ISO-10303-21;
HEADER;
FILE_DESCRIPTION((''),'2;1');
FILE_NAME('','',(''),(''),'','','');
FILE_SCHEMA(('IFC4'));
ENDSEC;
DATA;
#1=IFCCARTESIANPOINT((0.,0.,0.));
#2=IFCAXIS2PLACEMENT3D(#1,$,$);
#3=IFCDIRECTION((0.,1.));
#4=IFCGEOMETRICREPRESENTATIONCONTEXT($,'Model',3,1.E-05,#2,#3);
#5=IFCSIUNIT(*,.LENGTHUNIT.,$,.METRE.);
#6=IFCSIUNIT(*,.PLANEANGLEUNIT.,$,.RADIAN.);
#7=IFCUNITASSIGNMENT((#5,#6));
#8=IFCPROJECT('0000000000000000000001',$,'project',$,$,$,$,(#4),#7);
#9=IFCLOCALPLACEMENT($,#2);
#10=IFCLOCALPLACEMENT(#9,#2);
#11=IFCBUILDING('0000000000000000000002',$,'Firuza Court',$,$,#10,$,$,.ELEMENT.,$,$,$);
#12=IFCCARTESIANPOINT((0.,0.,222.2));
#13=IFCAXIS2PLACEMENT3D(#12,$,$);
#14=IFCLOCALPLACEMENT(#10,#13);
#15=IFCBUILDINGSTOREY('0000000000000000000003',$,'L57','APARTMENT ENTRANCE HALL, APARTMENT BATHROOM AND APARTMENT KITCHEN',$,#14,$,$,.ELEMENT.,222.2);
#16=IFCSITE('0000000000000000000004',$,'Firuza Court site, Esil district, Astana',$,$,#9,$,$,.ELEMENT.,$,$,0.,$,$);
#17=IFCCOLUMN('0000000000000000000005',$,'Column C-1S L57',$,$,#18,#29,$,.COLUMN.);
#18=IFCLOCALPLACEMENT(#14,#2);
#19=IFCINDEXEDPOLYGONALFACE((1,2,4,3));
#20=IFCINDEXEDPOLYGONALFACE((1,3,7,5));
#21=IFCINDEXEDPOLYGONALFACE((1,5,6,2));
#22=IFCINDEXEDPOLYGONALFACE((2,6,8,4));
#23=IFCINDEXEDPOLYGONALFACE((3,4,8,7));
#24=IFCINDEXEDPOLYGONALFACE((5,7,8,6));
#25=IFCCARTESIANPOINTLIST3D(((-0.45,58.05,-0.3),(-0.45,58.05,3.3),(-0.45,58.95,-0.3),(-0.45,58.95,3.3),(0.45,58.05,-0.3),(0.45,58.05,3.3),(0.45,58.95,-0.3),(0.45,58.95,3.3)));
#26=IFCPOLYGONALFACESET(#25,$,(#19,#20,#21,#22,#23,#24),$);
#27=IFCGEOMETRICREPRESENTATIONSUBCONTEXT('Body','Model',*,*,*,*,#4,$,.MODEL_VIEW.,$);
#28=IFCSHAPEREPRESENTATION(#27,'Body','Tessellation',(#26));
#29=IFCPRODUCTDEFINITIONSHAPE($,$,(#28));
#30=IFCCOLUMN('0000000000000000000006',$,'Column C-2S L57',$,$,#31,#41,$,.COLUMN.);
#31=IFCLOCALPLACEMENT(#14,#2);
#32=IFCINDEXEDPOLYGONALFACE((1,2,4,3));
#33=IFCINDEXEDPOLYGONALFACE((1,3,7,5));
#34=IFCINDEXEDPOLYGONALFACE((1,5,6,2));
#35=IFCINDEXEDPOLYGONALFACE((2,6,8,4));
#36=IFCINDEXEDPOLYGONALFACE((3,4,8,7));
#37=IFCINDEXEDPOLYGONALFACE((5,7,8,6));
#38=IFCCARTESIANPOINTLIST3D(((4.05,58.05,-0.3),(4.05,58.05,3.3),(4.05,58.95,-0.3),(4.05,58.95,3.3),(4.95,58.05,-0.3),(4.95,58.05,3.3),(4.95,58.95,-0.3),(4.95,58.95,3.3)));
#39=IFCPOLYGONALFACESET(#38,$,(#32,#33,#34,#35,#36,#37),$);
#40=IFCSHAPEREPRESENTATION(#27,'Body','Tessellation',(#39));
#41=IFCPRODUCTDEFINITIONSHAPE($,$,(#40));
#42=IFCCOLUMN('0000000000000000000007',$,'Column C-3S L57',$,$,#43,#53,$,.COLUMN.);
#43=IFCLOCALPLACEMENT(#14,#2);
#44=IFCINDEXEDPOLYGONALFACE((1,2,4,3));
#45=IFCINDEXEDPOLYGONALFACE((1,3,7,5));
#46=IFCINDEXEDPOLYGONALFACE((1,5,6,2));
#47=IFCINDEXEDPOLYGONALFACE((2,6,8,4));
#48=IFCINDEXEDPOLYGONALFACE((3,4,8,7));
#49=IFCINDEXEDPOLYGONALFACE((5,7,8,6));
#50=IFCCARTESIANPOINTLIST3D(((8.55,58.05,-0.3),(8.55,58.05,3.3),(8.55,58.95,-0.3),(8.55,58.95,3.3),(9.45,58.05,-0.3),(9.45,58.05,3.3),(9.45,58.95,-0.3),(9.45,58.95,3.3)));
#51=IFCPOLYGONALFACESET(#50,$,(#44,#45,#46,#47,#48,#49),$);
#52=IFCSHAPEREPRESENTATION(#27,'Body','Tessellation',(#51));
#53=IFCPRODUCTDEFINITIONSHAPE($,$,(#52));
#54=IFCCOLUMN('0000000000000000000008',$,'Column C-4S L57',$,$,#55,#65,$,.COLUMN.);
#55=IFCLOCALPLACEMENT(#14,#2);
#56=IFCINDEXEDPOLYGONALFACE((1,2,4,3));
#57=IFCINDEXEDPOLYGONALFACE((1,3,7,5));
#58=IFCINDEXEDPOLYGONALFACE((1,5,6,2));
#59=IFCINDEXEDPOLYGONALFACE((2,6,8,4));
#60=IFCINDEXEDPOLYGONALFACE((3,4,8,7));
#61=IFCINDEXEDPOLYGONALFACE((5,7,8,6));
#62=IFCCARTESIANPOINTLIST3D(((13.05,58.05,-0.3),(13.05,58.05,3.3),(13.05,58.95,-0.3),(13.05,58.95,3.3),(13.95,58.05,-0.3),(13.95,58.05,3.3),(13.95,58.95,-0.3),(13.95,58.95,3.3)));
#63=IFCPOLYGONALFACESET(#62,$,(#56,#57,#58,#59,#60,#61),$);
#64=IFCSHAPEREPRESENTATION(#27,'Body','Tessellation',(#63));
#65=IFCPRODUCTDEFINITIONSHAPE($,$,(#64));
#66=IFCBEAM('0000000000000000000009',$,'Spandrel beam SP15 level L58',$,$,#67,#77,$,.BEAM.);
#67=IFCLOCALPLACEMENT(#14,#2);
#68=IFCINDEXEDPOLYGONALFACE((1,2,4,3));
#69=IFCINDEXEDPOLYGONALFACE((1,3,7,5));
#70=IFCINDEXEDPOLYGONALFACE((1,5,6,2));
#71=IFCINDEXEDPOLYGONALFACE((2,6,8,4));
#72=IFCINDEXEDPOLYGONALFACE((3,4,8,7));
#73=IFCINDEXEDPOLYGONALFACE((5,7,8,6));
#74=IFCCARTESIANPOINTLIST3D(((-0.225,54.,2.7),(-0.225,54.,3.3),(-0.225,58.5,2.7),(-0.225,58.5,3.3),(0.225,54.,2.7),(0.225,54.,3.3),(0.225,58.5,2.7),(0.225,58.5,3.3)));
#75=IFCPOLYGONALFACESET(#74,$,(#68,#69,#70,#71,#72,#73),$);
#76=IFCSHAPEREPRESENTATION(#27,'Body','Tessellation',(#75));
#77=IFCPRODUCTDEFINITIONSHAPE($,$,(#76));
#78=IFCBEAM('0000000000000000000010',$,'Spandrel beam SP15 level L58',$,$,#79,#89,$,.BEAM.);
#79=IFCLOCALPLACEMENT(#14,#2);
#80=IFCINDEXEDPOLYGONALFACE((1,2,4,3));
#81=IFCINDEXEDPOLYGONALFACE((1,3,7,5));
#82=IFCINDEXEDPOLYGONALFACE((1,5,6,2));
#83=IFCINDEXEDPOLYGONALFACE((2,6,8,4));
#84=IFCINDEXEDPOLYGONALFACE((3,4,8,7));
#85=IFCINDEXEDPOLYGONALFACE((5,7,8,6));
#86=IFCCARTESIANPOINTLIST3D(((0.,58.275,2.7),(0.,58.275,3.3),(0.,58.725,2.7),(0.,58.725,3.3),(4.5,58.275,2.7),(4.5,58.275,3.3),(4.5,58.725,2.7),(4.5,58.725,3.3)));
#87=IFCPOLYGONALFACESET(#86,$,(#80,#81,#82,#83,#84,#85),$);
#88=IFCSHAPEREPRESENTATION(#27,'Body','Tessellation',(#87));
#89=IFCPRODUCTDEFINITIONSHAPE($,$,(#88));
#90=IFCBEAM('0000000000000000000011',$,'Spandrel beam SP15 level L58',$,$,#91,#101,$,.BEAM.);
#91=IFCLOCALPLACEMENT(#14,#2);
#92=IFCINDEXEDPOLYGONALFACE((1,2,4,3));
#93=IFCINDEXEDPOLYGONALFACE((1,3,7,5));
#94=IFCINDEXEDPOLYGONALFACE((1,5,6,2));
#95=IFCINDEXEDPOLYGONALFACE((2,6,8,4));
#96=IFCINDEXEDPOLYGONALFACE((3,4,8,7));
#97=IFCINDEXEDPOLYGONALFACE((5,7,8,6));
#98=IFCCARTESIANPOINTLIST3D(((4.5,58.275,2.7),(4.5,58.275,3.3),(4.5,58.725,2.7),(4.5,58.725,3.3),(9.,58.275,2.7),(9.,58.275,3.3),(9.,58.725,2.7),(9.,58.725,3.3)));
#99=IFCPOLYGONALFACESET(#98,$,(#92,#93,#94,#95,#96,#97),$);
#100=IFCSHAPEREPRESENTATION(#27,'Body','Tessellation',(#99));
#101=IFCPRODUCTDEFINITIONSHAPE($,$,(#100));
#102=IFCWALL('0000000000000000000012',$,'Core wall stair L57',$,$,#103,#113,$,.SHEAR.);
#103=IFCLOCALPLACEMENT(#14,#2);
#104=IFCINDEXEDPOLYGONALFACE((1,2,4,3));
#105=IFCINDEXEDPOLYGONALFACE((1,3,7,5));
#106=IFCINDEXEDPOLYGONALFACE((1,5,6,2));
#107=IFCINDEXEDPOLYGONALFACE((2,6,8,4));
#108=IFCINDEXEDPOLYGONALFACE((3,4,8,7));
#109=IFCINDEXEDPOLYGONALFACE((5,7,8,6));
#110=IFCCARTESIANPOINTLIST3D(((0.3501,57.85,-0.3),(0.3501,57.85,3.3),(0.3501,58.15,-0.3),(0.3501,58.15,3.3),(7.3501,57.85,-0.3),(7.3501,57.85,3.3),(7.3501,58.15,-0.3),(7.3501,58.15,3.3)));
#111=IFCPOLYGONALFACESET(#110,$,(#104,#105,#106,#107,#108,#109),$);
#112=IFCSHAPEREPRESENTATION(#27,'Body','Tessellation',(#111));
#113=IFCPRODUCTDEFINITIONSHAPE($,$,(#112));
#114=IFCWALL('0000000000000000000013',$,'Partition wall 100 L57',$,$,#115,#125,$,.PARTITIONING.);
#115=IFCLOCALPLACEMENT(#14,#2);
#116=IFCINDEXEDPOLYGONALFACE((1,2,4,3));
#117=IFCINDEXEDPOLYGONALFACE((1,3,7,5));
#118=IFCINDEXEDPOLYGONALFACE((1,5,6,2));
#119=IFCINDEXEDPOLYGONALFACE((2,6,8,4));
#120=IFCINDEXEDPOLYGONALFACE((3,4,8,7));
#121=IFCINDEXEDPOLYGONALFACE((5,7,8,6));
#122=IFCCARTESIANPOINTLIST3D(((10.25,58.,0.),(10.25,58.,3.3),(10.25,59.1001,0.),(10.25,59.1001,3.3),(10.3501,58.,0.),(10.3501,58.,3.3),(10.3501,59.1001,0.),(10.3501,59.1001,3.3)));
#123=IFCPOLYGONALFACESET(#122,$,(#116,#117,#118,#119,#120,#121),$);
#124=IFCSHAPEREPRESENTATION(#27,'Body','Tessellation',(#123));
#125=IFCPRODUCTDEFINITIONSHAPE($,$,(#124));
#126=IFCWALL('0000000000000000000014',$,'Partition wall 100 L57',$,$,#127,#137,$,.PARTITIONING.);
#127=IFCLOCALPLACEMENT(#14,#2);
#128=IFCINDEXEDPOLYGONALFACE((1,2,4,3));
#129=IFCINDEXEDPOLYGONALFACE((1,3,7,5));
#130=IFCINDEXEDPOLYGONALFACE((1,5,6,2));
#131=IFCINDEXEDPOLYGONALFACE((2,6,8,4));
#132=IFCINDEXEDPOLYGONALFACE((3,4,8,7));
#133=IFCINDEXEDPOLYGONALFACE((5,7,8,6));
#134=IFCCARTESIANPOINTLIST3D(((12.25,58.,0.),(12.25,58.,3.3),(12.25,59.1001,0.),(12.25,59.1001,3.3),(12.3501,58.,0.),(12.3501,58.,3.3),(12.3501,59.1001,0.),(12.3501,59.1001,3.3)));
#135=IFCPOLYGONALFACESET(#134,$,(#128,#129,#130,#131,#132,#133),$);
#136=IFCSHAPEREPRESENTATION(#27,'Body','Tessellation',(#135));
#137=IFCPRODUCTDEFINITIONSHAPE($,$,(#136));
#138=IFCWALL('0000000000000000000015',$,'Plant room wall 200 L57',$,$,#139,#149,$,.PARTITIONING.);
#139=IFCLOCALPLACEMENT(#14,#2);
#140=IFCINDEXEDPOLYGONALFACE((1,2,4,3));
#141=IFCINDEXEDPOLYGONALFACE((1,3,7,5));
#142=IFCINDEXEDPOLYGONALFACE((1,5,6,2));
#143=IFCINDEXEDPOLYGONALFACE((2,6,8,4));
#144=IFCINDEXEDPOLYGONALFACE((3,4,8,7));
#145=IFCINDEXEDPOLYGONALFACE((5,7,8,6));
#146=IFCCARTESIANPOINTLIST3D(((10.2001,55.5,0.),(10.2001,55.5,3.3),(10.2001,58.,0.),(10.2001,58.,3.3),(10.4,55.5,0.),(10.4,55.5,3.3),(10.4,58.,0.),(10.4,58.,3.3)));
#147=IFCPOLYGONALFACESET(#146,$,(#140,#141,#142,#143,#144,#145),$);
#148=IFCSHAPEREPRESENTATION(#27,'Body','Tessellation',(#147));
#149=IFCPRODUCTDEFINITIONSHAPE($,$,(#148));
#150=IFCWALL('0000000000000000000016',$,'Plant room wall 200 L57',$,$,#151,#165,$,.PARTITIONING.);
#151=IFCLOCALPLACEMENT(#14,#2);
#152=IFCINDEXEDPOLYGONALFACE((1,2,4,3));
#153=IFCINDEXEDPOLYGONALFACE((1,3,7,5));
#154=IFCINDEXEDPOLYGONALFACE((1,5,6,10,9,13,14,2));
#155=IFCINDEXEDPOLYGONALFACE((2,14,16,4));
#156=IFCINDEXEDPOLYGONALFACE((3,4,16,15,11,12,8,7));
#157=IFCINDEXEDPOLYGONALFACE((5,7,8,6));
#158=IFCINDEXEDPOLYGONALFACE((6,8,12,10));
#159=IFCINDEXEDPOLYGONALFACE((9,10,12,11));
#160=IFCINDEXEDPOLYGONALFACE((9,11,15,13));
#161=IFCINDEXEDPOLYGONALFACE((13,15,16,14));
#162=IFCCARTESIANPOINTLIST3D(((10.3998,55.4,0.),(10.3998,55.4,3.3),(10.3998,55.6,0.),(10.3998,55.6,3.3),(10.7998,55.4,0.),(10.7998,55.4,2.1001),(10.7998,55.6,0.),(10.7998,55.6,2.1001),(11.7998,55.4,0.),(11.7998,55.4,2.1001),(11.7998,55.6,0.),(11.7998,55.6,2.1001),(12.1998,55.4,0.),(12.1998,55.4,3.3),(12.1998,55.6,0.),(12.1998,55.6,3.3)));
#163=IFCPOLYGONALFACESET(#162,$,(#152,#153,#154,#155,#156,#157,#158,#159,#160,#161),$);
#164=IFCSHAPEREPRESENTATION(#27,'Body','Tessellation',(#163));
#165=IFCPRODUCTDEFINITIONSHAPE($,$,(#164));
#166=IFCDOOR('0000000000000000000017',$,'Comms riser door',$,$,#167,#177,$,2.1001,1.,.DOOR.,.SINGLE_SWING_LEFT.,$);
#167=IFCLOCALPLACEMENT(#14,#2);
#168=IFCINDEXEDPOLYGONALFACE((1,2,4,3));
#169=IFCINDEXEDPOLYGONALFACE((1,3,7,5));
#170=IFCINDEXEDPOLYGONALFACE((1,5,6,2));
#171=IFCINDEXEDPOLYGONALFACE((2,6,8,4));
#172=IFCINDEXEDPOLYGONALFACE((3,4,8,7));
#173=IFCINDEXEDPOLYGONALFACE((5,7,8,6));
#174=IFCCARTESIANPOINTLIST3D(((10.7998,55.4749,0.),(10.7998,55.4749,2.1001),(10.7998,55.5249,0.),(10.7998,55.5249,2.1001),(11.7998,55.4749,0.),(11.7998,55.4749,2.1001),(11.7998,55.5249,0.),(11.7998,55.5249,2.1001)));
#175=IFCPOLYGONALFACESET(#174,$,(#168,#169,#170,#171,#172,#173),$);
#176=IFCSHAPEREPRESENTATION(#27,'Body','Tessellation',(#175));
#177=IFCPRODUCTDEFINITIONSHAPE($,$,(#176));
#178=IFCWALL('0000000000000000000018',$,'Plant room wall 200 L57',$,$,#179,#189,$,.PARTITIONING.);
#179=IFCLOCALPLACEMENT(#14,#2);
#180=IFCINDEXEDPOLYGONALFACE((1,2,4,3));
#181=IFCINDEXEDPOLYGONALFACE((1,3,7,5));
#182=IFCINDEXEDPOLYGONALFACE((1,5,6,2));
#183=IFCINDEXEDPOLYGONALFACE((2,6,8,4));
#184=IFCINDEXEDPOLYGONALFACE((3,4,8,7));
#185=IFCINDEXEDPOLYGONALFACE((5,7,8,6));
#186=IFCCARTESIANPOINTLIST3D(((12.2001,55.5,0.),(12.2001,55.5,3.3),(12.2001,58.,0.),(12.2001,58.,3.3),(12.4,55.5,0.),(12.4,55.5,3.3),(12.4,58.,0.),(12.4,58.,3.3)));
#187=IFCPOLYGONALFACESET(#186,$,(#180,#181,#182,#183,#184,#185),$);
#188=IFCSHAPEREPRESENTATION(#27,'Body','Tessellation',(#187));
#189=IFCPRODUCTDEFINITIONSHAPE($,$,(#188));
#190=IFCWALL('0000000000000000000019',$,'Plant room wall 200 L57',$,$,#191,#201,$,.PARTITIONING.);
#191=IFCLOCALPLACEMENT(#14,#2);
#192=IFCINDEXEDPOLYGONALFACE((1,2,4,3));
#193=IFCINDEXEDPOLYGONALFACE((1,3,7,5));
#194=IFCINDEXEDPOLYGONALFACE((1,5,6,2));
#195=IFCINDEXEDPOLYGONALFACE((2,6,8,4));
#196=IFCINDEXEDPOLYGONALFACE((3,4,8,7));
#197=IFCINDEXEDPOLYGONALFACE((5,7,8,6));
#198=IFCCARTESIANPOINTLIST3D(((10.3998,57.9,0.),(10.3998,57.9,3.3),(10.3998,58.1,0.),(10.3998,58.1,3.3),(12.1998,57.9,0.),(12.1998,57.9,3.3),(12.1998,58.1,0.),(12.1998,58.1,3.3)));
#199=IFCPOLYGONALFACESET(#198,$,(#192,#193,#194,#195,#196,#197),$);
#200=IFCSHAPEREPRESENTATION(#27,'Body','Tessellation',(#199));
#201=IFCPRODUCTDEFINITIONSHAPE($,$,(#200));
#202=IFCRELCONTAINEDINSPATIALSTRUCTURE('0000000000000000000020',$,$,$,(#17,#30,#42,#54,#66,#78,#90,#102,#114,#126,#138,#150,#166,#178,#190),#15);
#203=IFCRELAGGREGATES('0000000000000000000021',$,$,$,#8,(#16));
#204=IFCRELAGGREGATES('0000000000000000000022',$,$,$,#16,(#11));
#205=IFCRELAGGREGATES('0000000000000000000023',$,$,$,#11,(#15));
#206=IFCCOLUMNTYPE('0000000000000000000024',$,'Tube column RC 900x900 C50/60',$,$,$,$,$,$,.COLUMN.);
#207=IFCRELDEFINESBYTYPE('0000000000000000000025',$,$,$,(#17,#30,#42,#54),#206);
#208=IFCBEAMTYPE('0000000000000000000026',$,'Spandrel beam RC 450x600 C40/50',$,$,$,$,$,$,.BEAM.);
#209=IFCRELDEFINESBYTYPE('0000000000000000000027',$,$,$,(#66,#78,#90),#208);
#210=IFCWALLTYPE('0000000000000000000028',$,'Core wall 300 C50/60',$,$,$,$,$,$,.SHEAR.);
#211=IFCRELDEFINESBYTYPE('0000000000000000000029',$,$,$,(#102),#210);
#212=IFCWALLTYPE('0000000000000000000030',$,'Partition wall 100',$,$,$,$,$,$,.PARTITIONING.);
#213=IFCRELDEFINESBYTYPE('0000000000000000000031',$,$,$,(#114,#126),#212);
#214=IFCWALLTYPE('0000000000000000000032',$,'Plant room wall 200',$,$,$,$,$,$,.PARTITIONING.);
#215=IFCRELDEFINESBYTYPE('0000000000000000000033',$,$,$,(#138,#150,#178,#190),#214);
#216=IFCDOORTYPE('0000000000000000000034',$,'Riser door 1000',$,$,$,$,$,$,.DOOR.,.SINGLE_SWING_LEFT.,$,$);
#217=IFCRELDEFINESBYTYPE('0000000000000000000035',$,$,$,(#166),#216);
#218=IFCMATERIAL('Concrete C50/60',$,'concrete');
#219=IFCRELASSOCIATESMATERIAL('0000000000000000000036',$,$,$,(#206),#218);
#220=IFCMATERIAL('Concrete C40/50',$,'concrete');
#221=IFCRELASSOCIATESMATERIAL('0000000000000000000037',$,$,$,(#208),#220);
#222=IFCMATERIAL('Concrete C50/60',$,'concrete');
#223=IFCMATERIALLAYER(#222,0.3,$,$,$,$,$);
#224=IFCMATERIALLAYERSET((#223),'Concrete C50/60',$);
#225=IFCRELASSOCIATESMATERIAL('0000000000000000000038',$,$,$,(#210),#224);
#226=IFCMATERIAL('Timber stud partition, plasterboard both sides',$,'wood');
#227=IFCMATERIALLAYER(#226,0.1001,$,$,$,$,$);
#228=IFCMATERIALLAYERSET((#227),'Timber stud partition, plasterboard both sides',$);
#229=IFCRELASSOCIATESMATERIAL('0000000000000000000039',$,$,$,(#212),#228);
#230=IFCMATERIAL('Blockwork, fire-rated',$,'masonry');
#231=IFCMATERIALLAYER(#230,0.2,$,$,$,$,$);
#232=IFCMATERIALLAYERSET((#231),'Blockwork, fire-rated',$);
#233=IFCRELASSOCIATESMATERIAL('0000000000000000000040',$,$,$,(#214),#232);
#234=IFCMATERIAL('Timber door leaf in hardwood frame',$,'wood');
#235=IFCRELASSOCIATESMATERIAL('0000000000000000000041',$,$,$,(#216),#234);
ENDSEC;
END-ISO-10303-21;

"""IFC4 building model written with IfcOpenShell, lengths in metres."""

from ifc_helpers import new_model, si_unit, direction, frame, frame_2d, origin, origin_2d, place, context, subcontext, project, spatial, rectangle, extrude, material, layer, layer_set, material_profile, profile_set, type_object, element, fill, save


model = new_model("IFC4")

# Units and contexts
model_context = context("Model", 3, precision=1e-05, world=origin(), true_north=direction((0.0, 1.0)))
body_context = subcontext(model_context, "Body", "Model", "MODEL_VIEW")
ifc_project = project(units=[si_unit("LENGTHUNIT", "METRE"), si_unit("PLANEANGLEUNIT", "RADIAN")], contexts=[model_context])

# Site, building, storey
site_placement = place(None, origin())
site = spatial("IfcSite", under=ifc_project, at=site_placement, Name="Firuza Court site, Esil district, Astana", CompositionType="ELEMENT", RefElevation=0.0)
building_placement = place(site_placement, origin())
building = spatial("IfcBuilding", under=site, at=building_placement, Name="Firuza Court", CompositionType="ELEMENT")
storey_placement = place(building_placement, frame((0.0, 0.0, 222.2)))
storey = spatial("IfcBuildingStorey", under=building, at=storey_placement, Name="L57", Description="APARTMENT ENTRANCE HALL, APARTMENT BATHROOM AND APARTMENT KITCHEN", CompositionType="ELEMENT", Elevation=222.2)

# Columns
ifc_material_1 = material(Name="Concrete C50/60", Category="concrete")
ifc_material_profile_1 = material_profile(ifc_material_1, rectangle(XDim=0.8999, YDim=0.8999, at=origin_2d()), Name="RC 900x900")
ifc_profile_set_1 = profile_set([ifc_material_profile_1], Name="Concrete C50/60")
column_type = type_object("IfcColumnType", Name="Tube column RC 900x900 C50/60", PredefinedType="COLUMN", material=ifc_profile_set_1)
for number, where, z_axis, x_axis, name in (
    (1, (0.0, 58.5, -0.3), (0.0, 0.0, 1.0), (1.0, 0.0, 0.0), "Column C-1S L57"),
    (2, (4.5, 58.5, -0.3), (0.0, 0.0, 1.0), (1.0, 0.0, 0.0), "Column C-2S L57"),
    (3, (9.0, 58.5, -0.3), (0.0, 0.0, 1.0), (1.0, 0.0, 0.0), "Column C-3S L57"),
    (4, (13.5, 58.5, -0.3), (0.0, 0.0, 1.0), (1.0, 0.0, 0.0), "Column C-4S L57"),
):
    element("IfcColumn", number, at=place(storey_placement, frame(where, z_axis=z_axis, x_axis=x_axis)), inside=storey, type_object=column_type, Name=name, PredefinedType="COLUMN", context=body_context, shape_type="SweptSolid", body=[
        extrude(rectangle(XDim=0.8999, YDim=0.8999, at=origin_2d()), origin(), (0.0, 0.0, 1.0), 3.6001),
    ])

# Beams
ifc_material_2 = material(Name="Concrete C40/50", Category="concrete")
ifc_material_profile_2 = material_profile(ifc_material_2, rectangle(XDim=0.45, YDim=0.6001, at=origin_2d()), Name="RC 450x600")
ifc_profile_set_2 = profile_set([ifc_material_profile_2], Name="Concrete C40/50")
beam_type = type_object("IfcBeamType", Name="Spandrel beam RC 450x600 C40/50", PredefinedType="BEAM", material=ifc_profile_set_2)
for number, where, z_axis, x_axis, name in (
    (5, (0.0, 58.5, 3.0), (0.0, -1.0, 0.0), (1.0, 0.0, 0.0), "Spandrel beam SP15 level L58"),
    (6, (4.5, 58.5, 3.0), (-1.0, 0.0, 0.0), (0.0, -1.0, 0.0), "Spandrel beam SP15 level L58"),
    (7, (9.0, 58.5, 3.0), (-1.0, 0.0, 0.0), (0.0, -1.0, 0.0), "Spandrel beam SP15 level L58"),
):
    element("IfcBeam", number, at=place(storey_placement, frame(where, z_axis=z_axis, x_axis=x_axis)), inside=storey, type_object=beam_type, Name=name, PredefinedType="BEAM", context=body_context, shape_type="SweptSolid", body=[
        extrude(rectangle(XDim=0.45, YDim=0.6001, at=origin_2d()), origin(), (0.0, 0.0, 1.0), 4.5),
    ])

# Walls
ifc_material_3 = material(Name="Concrete C50/60", Category="concrete")
ifc_layer_1 = layer(ifc_material_3, 0.3)
ifc_layer_set_1 = layer_set([ifc_layer_1], Name="Concrete C50/60")
wall_type_1 = type_object("IfcWallType", Name="Core wall 300 C50/60", PredefinedType="SHEAR", material=ifc_layer_set_1)
wall_1_placement = place(storey_placement, frame((0.3501, 58.0, -0.3), z_axis=(0.0, 0.0, 1.0), x_axis=(1.0, 0.0, 0.0)))
element("IfcWall", 8, at=wall_1_placement, inside=storey, type_object=wall_type_1, Name="Core wall stair L57", PredefinedType="SHEAR", context=body_context, shape_type="SweptSolid", body=[
    extrude(rectangle(XDim=7.0, YDim=0.3, at=frame_2d((3.5, 0.0))), origin(), (0.0, 0.0, 1.0), 3.6001),
])
ifc_material_4 = material(Name="Timber stud partition, plasterboard both sides", Category="wood")
ifc_layer_2 = layer(ifc_material_4, 0.1001)
ifc_layer_set_2 = layer_set([ifc_layer_2], Name="Timber stud partition, plasterboard both sides")
wall_type_2 = type_object("IfcWallType", Name="Partition wall 100", PredefinedType="PARTITIONING", material=ifc_layer_set_2)
for number, where, z_axis, x_axis, name in (
    (9, (10.3, 58.0, 0.0), (0.0, 0.0, 1.0), (0.0, 1.0, 0.0), "Partition wall 100 L57"),
    (10, (12.3, 58.0, 0.0), (0.0, 0.0, 1.0), (0.0, 1.0, 0.0), "Partition wall 100 L57"),
):
    element("IfcWall", number, at=place(storey_placement, frame(where, z_axis=z_axis, x_axis=x_axis)), inside=storey, type_object=wall_type_2, Name=name, PredefinedType="PARTITIONING", context=body_context, shape_type="SweptSolid", body=[
        extrude(rectangle(XDim=1.1001, YDim=0.1001, at=frame_2d((0.55, 0.0))), origin(), (0.0, 0.0, 1.0), 3.3),
    ])
ifc_material_5 = material(Name="Blockwork, fire-rated", Category="masonry")
ifc_layer_3 = layer(ifc_material_5, 0.2)
ifc_layer_set_3 = layer_set([ifc_layer_3], Name="Blockwork, fire-rated")
wall_type_3 = type_object("IfcWallType", Name="Plant room wall 200", PredefinedType="PARTITIONING", material=ifc_layer_set_3)
wall_2_placement = place(storey_placement, frame((10.3, 55.5, 0.0), z_axis=(0.0, 0.0, 1.0), x_axis=(0.0, 1.0, 0.0)))
element("IfcWall", 11, at=wall_2_placement, inside=storey, type_object=wall_type_3, Name="Plant room wall 200 L57", PredefinedType="PARTITIONING", context=body_context, shape_type="SweptSolid", body=[
    extrude(rectangle(XDim=2.5, YDim=0.2, at=frame_2d((1.25, 0.0))), origin(), (0.0, 0.0, 1.0), 3.3),
])

# Wall, opening, door
wall_3_placement = place(storey_placement, frame((10.3999, 55.5, 0.0), z_axis=(0.0, 0.0, 1.0), x_axis=(1.0, 0.0, 0.0)))
wall_3 = element("IfcWall", 12, at=wall_3_placement, inside=storey, type_object=wall_type_3, Name="Plant room wall 200 L57", PredefinedType="PARTITIONING", context=body_context, shape_type="SweptSolid", body=[
    extrude(rectangle(XDim=1.8, YDim=0.2, at=frame_2d((0.8999, 0.0))), origin(), (0.0, 0.0, 1.0), 3.3),
])
opening_placement = place(wall_3_placement, frame((0.3999, 0.0, 0.0)))
opening = element("IfcOpeningElement", 13, at=opening_placement, cuts=wall_3, PredefinedType="OPENING", context=body_context, shape_type="SweptSolid", body=[
    extrude(rectangle(XDim=1.0, YDim=2.1001, at=frame_2d((0.5, 1.05))), frame((0.0, 0.1118, 0.0), z_axis=(0.0, -1.0, 0.0), x_axis=(1.0, 0.0, 0.0)), (0.0, 0.0, 1.0), 0.2239),
])
ifc_material_6 = material(Name="Timber door leaf in hardwood frame", Category="wood")
door_type = type_object("IfcDoorType", Name="Riser door 1000", OperationType="SINGLE_SWING_LEFT", PredefinedType="DOOR", material=ifc_material_6)
door_placement = place(opening_placement, origin())
door = element("IfcDoor", 14, at=door_placement, inside=storey, type_object=door_type, Name="Comms riser door", OperationType="SINGLE_SWING_LEFT", OverallHeight=2.1001, OverallWidth=1.0, PredefinedType="DOOR", context=body_context, shape_type="SweptSolid", body=[
    extrude(rectangle(XDim=1.0, YDim=2.1001, at=frame_2d((0.5, 1.05))), frame((0.0, 0.0249, 0.0), z_axis=(0.0, -1.0, 0.0), x_axis=(1.0, 0.0, 0.0)), (0.0, 0.0, 1.0), 0.05),
])
fill(opening, door)

# Walls
wall_4_placement = place(storey_placement, frame((12.3, 55.5, 0.0), z_axis=(0.0, 0.0, 1.0), x_axis=(0.0, 1.0, 0.0)))
element("IfcWall", 15, at=wall_4_placement, inside=storey, type_object=wall_type_3, Name="Plant room wall 200 L57", PredefinedType="PARTITIONING", context=body_context, shape_type="SweptSolid", body=[
    extrude(rectangle(XDim=2.5, YDim=0.2, at=frame_2d((1.25, 0.0))), origin(), (0.0, 0.0, 1.0), 3.3),
])
wall_5_placement = place(storey_placement, frame((10.3999, 58.0, 0.0), z_axis=(0.0, 0.0, 1.0), x_axis=(1.0, 0.0, 0.0)))
element("IfcWall", 16, at=wall_5_placement, inside=storey, type_object=wall_type_3, Name="Plant room wall 200 L57", PredefinedType="PARTITIONING", context=body_context, shape_type="SweptSolid", body=[
    extrude(rectangle(XDim=1.8, YDim=0.2, at=frame_2d((0.8999, 0.0))), origin(), (0.0, 0.0, 1.0), 3.3),
])

save(model, "model.ifc")
